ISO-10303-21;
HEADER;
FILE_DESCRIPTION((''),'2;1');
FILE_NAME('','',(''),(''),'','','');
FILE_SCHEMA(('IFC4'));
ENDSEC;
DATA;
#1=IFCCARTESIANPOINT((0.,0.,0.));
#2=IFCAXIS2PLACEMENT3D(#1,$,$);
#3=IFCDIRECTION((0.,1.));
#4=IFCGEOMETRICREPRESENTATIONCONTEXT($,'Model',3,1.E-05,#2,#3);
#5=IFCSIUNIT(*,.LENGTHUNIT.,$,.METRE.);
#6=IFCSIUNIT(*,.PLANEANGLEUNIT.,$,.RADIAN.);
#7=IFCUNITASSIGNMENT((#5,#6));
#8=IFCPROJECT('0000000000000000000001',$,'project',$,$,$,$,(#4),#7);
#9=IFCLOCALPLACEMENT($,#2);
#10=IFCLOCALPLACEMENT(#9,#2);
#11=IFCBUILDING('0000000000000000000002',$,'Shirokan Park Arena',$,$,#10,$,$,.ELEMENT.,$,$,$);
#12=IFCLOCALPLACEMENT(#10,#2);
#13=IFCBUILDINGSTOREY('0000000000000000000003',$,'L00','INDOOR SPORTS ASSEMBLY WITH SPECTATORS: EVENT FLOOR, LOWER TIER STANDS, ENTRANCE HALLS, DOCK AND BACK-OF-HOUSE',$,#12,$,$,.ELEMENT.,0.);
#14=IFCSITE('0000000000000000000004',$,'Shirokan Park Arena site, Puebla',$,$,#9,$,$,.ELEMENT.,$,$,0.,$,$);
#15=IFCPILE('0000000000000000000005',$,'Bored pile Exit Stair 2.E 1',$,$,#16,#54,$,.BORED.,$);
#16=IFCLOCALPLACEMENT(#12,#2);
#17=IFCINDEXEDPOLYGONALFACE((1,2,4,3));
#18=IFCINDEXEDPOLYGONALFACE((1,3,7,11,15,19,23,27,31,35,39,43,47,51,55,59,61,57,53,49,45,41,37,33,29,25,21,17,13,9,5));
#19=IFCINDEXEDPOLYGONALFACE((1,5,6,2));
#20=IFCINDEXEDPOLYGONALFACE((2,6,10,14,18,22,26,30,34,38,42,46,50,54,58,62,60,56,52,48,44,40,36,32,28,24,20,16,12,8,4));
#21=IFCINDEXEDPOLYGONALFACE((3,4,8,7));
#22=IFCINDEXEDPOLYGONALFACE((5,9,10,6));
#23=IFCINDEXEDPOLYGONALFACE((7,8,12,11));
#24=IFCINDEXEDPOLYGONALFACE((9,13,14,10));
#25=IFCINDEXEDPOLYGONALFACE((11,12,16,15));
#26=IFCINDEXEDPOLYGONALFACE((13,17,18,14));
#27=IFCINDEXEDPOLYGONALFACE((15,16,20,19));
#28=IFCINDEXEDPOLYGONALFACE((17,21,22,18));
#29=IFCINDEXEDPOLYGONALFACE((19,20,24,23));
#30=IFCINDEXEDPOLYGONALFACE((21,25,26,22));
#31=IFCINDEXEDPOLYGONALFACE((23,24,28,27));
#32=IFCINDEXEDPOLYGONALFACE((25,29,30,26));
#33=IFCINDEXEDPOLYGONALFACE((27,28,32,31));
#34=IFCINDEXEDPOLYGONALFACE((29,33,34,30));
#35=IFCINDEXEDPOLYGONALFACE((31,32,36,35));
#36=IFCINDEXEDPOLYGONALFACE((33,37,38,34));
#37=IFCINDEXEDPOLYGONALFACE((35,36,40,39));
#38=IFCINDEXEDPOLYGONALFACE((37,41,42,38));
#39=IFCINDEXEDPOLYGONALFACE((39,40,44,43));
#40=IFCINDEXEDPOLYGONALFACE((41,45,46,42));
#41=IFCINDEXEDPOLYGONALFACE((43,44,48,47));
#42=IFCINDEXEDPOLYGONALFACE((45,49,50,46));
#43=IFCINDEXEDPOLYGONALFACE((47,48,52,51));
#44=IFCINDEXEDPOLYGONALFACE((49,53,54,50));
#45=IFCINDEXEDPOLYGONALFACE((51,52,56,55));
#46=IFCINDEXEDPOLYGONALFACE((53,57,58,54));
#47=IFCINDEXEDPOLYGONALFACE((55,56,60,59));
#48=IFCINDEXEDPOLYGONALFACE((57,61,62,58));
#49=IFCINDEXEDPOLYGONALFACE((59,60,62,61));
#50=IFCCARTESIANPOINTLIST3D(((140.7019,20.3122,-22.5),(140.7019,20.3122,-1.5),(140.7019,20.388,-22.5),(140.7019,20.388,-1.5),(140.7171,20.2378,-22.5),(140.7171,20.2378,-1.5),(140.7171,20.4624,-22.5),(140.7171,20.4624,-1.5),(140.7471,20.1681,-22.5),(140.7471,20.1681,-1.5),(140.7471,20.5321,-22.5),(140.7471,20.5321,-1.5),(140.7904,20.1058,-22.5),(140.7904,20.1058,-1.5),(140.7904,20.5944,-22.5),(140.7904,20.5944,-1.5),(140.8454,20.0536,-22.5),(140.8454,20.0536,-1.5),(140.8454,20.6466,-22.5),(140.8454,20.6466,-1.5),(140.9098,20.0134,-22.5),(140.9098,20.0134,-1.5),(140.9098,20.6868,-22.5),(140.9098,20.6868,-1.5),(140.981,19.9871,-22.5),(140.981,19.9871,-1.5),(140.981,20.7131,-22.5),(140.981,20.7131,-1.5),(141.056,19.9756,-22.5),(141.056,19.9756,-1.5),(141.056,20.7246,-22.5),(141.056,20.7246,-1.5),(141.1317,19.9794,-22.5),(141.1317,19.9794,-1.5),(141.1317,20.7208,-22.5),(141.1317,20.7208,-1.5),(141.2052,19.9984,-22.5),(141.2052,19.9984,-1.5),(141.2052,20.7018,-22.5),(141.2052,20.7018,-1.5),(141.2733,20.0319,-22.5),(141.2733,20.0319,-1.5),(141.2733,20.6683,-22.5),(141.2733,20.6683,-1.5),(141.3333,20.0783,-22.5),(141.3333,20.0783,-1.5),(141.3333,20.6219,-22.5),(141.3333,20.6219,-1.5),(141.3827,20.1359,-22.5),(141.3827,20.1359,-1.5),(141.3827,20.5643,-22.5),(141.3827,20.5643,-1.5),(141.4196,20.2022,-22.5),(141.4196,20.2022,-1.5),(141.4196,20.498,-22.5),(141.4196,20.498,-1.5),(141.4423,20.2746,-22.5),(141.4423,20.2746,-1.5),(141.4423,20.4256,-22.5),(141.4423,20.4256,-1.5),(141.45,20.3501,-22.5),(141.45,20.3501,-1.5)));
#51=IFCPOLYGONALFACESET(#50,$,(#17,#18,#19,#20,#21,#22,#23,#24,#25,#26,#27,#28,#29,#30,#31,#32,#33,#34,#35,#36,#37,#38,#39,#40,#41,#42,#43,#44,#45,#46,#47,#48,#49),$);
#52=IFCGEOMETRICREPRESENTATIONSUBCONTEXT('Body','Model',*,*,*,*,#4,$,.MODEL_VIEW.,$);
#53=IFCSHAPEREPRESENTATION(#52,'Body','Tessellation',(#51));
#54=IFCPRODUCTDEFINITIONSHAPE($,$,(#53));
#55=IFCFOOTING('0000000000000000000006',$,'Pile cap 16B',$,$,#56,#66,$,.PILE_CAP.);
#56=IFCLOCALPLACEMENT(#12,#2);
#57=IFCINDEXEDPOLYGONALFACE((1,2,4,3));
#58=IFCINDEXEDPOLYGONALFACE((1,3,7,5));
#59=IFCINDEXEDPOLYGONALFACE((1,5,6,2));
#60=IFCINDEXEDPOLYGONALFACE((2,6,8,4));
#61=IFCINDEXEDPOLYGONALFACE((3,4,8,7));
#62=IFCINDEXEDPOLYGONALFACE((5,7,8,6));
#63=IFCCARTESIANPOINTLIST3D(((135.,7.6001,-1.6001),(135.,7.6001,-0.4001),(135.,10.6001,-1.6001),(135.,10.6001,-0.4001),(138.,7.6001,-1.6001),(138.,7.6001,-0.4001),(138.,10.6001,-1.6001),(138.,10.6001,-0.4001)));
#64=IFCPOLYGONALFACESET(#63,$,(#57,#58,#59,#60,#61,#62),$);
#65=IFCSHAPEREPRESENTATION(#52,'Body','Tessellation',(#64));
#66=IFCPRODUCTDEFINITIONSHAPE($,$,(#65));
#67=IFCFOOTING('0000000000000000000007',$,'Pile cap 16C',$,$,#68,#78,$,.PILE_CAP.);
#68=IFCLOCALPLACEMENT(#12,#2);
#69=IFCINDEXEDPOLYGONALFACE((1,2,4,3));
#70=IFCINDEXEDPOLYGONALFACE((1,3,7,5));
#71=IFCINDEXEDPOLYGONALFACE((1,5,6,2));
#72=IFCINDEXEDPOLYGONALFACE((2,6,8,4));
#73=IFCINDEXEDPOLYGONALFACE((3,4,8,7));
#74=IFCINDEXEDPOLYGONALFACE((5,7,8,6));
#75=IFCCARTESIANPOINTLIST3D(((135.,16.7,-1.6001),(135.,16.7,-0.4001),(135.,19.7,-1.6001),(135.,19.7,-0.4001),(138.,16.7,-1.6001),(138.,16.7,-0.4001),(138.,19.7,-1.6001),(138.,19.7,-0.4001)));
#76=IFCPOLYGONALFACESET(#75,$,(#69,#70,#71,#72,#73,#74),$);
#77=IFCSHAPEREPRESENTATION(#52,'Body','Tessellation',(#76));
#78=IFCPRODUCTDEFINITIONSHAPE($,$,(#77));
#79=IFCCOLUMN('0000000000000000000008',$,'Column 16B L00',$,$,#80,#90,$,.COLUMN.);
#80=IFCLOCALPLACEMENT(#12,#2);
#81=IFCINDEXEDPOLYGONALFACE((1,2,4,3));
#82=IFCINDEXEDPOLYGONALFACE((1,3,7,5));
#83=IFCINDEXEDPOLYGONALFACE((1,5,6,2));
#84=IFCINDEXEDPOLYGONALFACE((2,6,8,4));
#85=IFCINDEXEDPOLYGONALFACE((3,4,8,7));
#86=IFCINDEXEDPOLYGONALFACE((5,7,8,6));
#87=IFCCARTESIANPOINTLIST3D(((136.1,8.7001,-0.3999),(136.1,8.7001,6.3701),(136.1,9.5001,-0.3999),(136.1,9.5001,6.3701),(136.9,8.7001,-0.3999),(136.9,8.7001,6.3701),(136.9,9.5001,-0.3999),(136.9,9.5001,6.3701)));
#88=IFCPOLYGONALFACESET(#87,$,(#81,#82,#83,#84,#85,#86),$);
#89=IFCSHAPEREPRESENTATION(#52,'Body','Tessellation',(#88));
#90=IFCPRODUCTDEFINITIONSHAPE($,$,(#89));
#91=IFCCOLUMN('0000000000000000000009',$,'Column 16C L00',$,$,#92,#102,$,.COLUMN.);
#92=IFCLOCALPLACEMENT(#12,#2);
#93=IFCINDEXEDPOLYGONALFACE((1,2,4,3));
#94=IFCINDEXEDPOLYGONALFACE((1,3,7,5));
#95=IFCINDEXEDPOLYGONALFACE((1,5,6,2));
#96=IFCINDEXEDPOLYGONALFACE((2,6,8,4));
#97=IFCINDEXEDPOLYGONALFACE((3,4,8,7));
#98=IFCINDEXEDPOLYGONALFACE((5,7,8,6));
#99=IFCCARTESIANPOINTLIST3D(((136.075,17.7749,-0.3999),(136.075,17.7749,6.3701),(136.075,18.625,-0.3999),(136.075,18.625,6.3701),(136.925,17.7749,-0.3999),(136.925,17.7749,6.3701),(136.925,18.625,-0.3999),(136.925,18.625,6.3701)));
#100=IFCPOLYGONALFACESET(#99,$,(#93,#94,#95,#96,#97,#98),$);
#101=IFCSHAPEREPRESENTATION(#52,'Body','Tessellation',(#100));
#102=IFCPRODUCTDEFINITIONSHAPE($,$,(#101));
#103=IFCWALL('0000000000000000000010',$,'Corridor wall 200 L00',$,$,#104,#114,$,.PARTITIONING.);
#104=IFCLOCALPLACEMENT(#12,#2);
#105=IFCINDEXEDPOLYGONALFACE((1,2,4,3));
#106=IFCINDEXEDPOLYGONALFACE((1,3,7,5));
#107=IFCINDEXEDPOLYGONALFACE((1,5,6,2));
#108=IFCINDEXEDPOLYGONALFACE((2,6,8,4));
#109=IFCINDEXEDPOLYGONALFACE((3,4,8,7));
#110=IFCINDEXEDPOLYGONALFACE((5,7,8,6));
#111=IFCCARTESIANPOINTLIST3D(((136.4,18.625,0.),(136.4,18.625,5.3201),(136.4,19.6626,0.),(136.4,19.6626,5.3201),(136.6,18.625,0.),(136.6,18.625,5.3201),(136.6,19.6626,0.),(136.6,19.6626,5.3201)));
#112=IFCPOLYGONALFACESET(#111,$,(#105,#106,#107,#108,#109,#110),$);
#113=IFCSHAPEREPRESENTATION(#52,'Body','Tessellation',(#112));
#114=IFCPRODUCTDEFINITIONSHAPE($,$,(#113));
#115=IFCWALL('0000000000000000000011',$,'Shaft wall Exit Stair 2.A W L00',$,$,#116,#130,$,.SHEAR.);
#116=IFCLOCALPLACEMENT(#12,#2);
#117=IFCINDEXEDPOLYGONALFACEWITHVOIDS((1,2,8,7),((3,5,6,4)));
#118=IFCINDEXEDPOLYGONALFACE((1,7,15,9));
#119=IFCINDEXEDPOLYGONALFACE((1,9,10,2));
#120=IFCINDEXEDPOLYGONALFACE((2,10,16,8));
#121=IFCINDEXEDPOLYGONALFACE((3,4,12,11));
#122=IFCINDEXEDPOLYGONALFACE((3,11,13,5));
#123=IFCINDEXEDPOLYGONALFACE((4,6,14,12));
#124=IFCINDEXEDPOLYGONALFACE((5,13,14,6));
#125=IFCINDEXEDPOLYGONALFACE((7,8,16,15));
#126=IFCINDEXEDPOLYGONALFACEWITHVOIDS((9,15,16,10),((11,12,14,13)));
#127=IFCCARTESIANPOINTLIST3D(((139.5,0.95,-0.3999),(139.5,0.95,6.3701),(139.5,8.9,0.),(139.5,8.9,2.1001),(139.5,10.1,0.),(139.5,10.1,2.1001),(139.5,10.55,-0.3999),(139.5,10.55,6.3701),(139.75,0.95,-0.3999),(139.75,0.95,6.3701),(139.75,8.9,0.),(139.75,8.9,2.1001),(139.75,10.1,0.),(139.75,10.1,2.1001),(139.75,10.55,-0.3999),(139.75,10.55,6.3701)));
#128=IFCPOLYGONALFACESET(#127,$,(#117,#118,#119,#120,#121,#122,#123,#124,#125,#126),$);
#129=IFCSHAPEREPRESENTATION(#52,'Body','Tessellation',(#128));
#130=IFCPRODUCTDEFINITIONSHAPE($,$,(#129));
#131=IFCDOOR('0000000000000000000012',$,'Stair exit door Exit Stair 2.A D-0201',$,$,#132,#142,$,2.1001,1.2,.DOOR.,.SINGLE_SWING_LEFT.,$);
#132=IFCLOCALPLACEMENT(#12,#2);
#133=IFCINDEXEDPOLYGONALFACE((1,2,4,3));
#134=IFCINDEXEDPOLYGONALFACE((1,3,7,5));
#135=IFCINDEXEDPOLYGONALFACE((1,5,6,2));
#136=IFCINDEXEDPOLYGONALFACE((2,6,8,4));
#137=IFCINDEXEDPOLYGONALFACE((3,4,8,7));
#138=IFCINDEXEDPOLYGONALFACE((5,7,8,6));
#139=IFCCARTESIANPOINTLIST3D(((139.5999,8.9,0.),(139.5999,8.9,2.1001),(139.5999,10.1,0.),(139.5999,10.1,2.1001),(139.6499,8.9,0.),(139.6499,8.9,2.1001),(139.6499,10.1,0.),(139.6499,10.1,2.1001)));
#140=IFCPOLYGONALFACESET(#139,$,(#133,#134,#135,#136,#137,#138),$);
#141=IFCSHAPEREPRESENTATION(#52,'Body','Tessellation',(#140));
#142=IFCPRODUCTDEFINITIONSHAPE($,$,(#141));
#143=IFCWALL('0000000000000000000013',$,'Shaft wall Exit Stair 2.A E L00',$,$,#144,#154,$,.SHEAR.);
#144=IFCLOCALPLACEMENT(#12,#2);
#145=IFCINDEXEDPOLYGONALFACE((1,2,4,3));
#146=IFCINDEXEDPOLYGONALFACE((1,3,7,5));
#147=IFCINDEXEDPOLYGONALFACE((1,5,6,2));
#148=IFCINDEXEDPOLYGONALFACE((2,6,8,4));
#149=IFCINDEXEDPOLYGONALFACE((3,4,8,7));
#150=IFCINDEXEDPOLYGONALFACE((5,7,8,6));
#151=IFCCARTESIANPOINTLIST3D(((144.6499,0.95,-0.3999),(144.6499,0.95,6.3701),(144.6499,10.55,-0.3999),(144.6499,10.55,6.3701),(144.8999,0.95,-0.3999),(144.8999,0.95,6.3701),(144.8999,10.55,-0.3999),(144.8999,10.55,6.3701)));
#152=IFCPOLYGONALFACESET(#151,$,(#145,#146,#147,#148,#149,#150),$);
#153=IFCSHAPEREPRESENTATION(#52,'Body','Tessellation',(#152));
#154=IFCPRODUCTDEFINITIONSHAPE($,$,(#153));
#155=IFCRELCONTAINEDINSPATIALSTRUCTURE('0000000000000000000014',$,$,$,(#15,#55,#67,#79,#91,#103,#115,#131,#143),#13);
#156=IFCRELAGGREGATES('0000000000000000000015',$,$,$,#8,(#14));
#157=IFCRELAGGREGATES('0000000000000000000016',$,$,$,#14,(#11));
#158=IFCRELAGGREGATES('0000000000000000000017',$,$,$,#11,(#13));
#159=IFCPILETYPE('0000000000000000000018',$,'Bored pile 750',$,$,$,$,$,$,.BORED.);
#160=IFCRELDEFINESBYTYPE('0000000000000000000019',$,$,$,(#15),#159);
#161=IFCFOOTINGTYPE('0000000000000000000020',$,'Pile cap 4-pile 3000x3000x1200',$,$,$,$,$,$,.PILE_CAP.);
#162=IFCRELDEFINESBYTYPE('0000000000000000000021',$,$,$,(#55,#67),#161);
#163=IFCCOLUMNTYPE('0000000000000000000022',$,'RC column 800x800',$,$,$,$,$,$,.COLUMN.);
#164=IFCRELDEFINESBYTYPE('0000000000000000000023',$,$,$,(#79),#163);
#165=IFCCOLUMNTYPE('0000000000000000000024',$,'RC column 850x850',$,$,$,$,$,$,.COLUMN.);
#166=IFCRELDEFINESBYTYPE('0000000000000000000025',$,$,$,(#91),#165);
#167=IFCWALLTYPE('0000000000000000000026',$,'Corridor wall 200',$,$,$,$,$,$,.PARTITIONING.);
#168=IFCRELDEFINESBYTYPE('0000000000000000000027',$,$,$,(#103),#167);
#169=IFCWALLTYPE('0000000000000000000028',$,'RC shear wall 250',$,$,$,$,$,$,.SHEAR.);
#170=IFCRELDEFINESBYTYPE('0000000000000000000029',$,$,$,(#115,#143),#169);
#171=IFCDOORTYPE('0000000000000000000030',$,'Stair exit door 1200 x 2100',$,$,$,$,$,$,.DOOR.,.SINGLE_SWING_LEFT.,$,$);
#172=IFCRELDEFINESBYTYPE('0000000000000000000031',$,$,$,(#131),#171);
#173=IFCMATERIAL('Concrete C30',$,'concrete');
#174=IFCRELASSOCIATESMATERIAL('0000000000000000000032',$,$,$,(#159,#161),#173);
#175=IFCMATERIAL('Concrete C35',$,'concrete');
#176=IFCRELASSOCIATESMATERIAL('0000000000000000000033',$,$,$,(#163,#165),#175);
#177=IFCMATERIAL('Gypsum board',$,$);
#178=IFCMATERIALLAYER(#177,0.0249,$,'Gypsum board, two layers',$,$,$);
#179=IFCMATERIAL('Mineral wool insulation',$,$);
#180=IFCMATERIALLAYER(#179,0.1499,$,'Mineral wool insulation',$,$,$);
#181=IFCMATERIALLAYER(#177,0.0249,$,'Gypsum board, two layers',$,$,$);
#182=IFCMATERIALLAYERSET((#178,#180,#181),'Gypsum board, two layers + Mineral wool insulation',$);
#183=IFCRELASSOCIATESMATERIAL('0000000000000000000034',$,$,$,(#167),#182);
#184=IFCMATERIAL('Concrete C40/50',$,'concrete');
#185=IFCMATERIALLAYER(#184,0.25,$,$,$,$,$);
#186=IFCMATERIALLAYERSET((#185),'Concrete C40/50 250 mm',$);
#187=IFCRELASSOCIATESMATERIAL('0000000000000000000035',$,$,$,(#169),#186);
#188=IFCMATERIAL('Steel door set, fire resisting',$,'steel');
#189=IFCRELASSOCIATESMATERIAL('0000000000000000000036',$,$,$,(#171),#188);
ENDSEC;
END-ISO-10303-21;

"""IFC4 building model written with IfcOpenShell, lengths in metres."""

from ifc_helpers import new_model, si_unit, direction, frame, frame_2d, origin, origin_2d, place, context, subcontext, project, spatial, rectangle, circle, extrude, material, layer, layer_set, material_profile, profile_set, type_object, element, fill, save


model = new_model("IFC4")

# Units and contexts
model_context = context("Model", 3, precision=1e-05, world=origin(), true_north=direction((0.0, 1.0)))
body_context = subcontext(model_context, "Body", "Model", "MODEL_VIEW")
ifc_project = project(units=[si_unit("LENGTHUNIT", "METRE"), si_unit("PLANEANGLEUNIT", "RADIAN")], contexts=[model_context])

# Site, building, storey
site_placement = place(None, origin())
site = spatial("IfcSite", under=ifc_project, at=site_placement, Name="Shirokan Park Arena site, Puebla", CompositionType="ELEMENT", RefElevation=0.0)
building_placement = place(site_placement, origin())
building = spatial("IfcBuilding", under=site, at=building_placement, Name="Shirokan Park Arena", CompositionType="ELEMENT")
storey_placement = place(building_placement, origin())
storey = spatial("IfcBuildingStorey", under=building, at=storey_placement, Name="L00", Description="INDOOR SPORTS ASSEMBLY WITH SPECTATORS: EVENT FLOOR, LOWER TIER STANDS, ENTRANCE HALLS, DOCK AND BACK-OF-HOUSE", CompositionType="ELEMENT", Elevation=0.0)

# Pile
ifc_material_1 = material(Name="Concrete C30", Category="concrete")
ifc_material_profile_1 = material_profile(ifc_material_1, circle(Radius=0.375, at=origin_2d()), Name="D750")
ifc_profile_set_1 = profile_set([ifc_material_profile_1], Name="Concrete C30")
pile_type_1 = type_object("IfcPileType", Name="Bored pile 750", PredefinedType="BORED", material=ifc_profile_set_1)
for number, where, z_axis, x_axis, name in (
    (1, (141.075, 20.3501, -1.5), (0.0, 0.0, -1.0), (1.0, 0.0, 0.0), "Bored pile Exit Stair 2.E 1"),
):
    element("IfcPile", number, at=place(storey_placement, frame(where, z_axis=z_axis, x_axis=x_axis)), inside=storey, type_object=pile_type_1, Name=name, PredefinedType="BORED", context=body_context, shape_type="SweptSolid", body=[
        extrude(circle(Radius=0.375, at=origin_2d()), origin(), (0.0, 0.0, 1.0), 21.0),
    ])

# Footings
footing_type = type_object("IfcFootingType", Name="Pile cap 4-pile 3000x3000x1200", PredefinedType="PILE_CAP", material=ifc_material_1)
for number, where, z_axis, x_axis, name in (
    (2, (136.5, 9.1001, -1.6001), (0.0, 0.0, 1.0), (1.0, 0.0, 0.0), "Pile cap 16B"),
    (3, (136.5, 18.2, -1.6001), (0.0, 0.0, 1.0), (1.0, 0.0, 0.0), "Pile cap 16C"),
):
    element("IfcFooting", number, at=place(storey_placement, frame(where, z_axis=z_axis, x_axis=x_axis)), inside=storey, type_object=footing_type, Name=name, PredefinedType="PILE_CAP", context=body_context, shape_type="SweptSolid", body=[
        extrude(rectangle(XDim=3.0, YDim=3.0, at=origin_2d()), origin(), (0.0, 0.0, 1.0), 1.2),
    ])

# Columns
ifc_material_2 = material(Name="Concrete C35", Category="concrete")
ifc_material_profile_2 = material_profile(ifc_material_2, rectangle(XDim=0.8, YDim=0.8, at=origin_2d()), Name="800x800")
ifc_profile_set_2 = profile_set([ifc_material_profile_2], Name="Concrete C35")
column_type_1 = type_object("IfcColumnType", Name="RC column 800x800", PredefinedType="COLUMN", material=ifc_profile_set_2)
column_1_placement = place(storey_placement, frame((136.5, 9.1001, -0.3999), z_axis=(0.0, 0.0, 1.0), x_axis=(1.0, 0.0, 0.0)))
element("IfcColumn", 4, at=column_1_placement, inside=storey, type_object=column_type_1, Name="Column 16B L00", PredefinedType="COLUMN", context=body_context, shape_type="SweptSolid", body=[
    extrude(rectangle(XDim=0.8, YDim=0.8, at=origin_2d()), origin(), (0.0, 0.0, 1.0), 6.77),
])
ifc_material_profile_3 = material_profile(ifc_material_2, rectangle(XDim=0.8501, YDim=0.8501, at=origin_2d()), Name="850x850")
ifc_profile_set_3 = profile_set([ifc_material_profile_3], Name="Concrete C35")
column_type_2 = type_object("IfcColumnType", Name="RC column 850x850", PredefinedType="COLUMN", material=ifc_profile_set_3)
column_2_placement = place(storey_placement, frame((136.5, 18.2, -0.3999), z_axis=(0.0, 0.0, 1.0), x_axis=(1.0, 0.0, 0.0)))
element("IfcColumn", 5, at=column_2_placement, inside=storey, type_object=column_type_2, Name="Column 16C L00", PredefinedType="COLUMN", context=body_context, shape_type="SweptSolid", body=[
    extrude(rectangle(XDim=0.8501, YDim=0.8501, at=origin_2d()), origin(), (0.0, 0.0, 1.0), 6.77),
])

# Shared definitions
ifc_material_3 = material(Name="Gypsum board")
ifc_layer_1 = layer(ifc_material_3, 0.0249, Name="Gypsum board, two layers")
ifc_material_4 = material(Name="Mineral wool insulation")
ifc_layer_2 = layer(ifc_material_4, 0.1499, Name="Mineral wool insulation")
ifc_layer_3 = layer(ifc_material_3, 0.0249, Name="Gypsum board, two layers")
ifc_layer_set_1 = layer_set([ifc_layer_1, ifc_layer_2, ifc_layer_3], Name="Gypsum board, two layers + Mineral wool insulation")
wall_type_1 = type_object("IfcWallType", Name="Corridor wall 200", PredefinedType="PARTITIONING", material=ifc_layer_set_1)

# Wall
wall_1_placement = place(storey_placement, frame((136.5, 18.625, 0.0), z_axis=(0.0, 0.0, 1.0), x_axis=(0.0, 1.0, 0.0)))
element("IfcWall", 6, at=wall_1_placement, inside=storey, type_object=wall_type_1, Name="Corridor wall 200 L00", PredefinedType="PARTITIONING", context=body_context, shape_type="SweptSolid", body=[
    extrude(rectangle(XDim=1.0376, YDim=0.2, at=frame_2d((0.5188, 0.0))), origin(), (0.0, 0.0, 1.0), 5.3201),
])

# Wall, opening, door
ifc_material_5 = material(Name="Concrete C40/50", Category="concrete")
ifc_layer_4 = layer(ifc_material_5, 0.25)
ifc_layer_set_2 = layer_set([ifc_layer_4], Name="Concrete C40/50 250 mm")
wall_type_2 = type_object("IfcWallType", Name="RC shear wall 250", PredefinedType="SHEAR", material=ifc_layer_set_2)
wall_2_placement = place(storey_placement, frame((139.625, 10.55, -0.3999), z_axis=(0.0, 0.0, 1.0), x_axis=(0.0, -1.0, 0.0)))
wall_2 = element("IfcWall", 7, at=wall_2_placement, inside=storey, type_object=wall_type_2, Name="Shaft wall Exit Stair 2.A W L00", PredefinedType="SHEAR", context=body_context, shape_type="SweptSolid", body=[
    extrude(rectangle(XDim=9.6001, YDim=0.25, at=frame_2d((4.8, 0.0))), origin(), (0.0, 0.0, 1.0), 6.77),
])
opening_1_placement = place(wall_2_placement, frame((0.45, 0.0, 0.3999)))
opening_1 = element("IfcOpeningElement", 8, at=opening_1_placement, cuts=wall_2, PredefinedType="OPENING", context=body_context, shape_type="SweptSolid", body=[
    extrude(rectangle(XDim=1.2, YDim=2.1001, at=frame_2d((0.6001, 1.05))), frame((0.0, 0.135, 0.0), z_axis=(0.0, -1.0, 0.0), x_axis=(1.0, 0.0, 0.0)), (0.0, 0.0, 1.0), 0.27),
])
ifc_material_6 = material(Name="Steel door set, fire resisting", Category="steel")
door_type_1 = type_object("IfcDoorType", Name="Stair exit door 1200 x 2100", OperationType="SINGLE_SWING_LEFT", PredefinedType="DOOR", material=ifc_material_6)
door_1_placement = place(opening_1_placement, origin())
door_1 = element("IfcDoor", 9, at=door_1_placement, inside=storey, type_object=door_type_1, Name="Stair exit door Exit Stair 2.A D-0201", OperationType="SINGLE_SWING_LEFT", OverallHeight=2.1001, OverallWidth=1.2, PredefinedType="DOOR", context=body_context, shape_type="SweptSolid", body=[
    extrude(rectangle(XDim=1.2, YDim=2.1001, at=frame_2d((0.6001, 1.05))), frame((0.0, 0.0249, 0.0), z_axis=(0.0, -1.0, 0.0), x_axis=(1.0, 0.0, 0.0)), (0.0, 0.0, 1.0), 0.05),
])
fill(opening_1, door_1)

# Wall
wall_3_placement = place(storey_placement, frame((144.7749, 10.55, -0.3999), z_axis=(0.0, 0.0, 1.0), x_axis=(0.0, -1.0, 0.0)))
element("IfcWall", 10, at=wall_3_placement, inside=storey, type_object=wall_type_2, Name="Shaft wall Exit Stair 2.A E L00", PredefinedType="SHEAR", context=body_context, shape_type="SweptSolid", body=[
    extrude(rectangle(XDim=9.6001, YDim=0.25, at=frame_2d((4.8, 0.0))), origin(), (0.0, 0.0, 1.0), 6.77),
])

save(model, "model.ifc")
